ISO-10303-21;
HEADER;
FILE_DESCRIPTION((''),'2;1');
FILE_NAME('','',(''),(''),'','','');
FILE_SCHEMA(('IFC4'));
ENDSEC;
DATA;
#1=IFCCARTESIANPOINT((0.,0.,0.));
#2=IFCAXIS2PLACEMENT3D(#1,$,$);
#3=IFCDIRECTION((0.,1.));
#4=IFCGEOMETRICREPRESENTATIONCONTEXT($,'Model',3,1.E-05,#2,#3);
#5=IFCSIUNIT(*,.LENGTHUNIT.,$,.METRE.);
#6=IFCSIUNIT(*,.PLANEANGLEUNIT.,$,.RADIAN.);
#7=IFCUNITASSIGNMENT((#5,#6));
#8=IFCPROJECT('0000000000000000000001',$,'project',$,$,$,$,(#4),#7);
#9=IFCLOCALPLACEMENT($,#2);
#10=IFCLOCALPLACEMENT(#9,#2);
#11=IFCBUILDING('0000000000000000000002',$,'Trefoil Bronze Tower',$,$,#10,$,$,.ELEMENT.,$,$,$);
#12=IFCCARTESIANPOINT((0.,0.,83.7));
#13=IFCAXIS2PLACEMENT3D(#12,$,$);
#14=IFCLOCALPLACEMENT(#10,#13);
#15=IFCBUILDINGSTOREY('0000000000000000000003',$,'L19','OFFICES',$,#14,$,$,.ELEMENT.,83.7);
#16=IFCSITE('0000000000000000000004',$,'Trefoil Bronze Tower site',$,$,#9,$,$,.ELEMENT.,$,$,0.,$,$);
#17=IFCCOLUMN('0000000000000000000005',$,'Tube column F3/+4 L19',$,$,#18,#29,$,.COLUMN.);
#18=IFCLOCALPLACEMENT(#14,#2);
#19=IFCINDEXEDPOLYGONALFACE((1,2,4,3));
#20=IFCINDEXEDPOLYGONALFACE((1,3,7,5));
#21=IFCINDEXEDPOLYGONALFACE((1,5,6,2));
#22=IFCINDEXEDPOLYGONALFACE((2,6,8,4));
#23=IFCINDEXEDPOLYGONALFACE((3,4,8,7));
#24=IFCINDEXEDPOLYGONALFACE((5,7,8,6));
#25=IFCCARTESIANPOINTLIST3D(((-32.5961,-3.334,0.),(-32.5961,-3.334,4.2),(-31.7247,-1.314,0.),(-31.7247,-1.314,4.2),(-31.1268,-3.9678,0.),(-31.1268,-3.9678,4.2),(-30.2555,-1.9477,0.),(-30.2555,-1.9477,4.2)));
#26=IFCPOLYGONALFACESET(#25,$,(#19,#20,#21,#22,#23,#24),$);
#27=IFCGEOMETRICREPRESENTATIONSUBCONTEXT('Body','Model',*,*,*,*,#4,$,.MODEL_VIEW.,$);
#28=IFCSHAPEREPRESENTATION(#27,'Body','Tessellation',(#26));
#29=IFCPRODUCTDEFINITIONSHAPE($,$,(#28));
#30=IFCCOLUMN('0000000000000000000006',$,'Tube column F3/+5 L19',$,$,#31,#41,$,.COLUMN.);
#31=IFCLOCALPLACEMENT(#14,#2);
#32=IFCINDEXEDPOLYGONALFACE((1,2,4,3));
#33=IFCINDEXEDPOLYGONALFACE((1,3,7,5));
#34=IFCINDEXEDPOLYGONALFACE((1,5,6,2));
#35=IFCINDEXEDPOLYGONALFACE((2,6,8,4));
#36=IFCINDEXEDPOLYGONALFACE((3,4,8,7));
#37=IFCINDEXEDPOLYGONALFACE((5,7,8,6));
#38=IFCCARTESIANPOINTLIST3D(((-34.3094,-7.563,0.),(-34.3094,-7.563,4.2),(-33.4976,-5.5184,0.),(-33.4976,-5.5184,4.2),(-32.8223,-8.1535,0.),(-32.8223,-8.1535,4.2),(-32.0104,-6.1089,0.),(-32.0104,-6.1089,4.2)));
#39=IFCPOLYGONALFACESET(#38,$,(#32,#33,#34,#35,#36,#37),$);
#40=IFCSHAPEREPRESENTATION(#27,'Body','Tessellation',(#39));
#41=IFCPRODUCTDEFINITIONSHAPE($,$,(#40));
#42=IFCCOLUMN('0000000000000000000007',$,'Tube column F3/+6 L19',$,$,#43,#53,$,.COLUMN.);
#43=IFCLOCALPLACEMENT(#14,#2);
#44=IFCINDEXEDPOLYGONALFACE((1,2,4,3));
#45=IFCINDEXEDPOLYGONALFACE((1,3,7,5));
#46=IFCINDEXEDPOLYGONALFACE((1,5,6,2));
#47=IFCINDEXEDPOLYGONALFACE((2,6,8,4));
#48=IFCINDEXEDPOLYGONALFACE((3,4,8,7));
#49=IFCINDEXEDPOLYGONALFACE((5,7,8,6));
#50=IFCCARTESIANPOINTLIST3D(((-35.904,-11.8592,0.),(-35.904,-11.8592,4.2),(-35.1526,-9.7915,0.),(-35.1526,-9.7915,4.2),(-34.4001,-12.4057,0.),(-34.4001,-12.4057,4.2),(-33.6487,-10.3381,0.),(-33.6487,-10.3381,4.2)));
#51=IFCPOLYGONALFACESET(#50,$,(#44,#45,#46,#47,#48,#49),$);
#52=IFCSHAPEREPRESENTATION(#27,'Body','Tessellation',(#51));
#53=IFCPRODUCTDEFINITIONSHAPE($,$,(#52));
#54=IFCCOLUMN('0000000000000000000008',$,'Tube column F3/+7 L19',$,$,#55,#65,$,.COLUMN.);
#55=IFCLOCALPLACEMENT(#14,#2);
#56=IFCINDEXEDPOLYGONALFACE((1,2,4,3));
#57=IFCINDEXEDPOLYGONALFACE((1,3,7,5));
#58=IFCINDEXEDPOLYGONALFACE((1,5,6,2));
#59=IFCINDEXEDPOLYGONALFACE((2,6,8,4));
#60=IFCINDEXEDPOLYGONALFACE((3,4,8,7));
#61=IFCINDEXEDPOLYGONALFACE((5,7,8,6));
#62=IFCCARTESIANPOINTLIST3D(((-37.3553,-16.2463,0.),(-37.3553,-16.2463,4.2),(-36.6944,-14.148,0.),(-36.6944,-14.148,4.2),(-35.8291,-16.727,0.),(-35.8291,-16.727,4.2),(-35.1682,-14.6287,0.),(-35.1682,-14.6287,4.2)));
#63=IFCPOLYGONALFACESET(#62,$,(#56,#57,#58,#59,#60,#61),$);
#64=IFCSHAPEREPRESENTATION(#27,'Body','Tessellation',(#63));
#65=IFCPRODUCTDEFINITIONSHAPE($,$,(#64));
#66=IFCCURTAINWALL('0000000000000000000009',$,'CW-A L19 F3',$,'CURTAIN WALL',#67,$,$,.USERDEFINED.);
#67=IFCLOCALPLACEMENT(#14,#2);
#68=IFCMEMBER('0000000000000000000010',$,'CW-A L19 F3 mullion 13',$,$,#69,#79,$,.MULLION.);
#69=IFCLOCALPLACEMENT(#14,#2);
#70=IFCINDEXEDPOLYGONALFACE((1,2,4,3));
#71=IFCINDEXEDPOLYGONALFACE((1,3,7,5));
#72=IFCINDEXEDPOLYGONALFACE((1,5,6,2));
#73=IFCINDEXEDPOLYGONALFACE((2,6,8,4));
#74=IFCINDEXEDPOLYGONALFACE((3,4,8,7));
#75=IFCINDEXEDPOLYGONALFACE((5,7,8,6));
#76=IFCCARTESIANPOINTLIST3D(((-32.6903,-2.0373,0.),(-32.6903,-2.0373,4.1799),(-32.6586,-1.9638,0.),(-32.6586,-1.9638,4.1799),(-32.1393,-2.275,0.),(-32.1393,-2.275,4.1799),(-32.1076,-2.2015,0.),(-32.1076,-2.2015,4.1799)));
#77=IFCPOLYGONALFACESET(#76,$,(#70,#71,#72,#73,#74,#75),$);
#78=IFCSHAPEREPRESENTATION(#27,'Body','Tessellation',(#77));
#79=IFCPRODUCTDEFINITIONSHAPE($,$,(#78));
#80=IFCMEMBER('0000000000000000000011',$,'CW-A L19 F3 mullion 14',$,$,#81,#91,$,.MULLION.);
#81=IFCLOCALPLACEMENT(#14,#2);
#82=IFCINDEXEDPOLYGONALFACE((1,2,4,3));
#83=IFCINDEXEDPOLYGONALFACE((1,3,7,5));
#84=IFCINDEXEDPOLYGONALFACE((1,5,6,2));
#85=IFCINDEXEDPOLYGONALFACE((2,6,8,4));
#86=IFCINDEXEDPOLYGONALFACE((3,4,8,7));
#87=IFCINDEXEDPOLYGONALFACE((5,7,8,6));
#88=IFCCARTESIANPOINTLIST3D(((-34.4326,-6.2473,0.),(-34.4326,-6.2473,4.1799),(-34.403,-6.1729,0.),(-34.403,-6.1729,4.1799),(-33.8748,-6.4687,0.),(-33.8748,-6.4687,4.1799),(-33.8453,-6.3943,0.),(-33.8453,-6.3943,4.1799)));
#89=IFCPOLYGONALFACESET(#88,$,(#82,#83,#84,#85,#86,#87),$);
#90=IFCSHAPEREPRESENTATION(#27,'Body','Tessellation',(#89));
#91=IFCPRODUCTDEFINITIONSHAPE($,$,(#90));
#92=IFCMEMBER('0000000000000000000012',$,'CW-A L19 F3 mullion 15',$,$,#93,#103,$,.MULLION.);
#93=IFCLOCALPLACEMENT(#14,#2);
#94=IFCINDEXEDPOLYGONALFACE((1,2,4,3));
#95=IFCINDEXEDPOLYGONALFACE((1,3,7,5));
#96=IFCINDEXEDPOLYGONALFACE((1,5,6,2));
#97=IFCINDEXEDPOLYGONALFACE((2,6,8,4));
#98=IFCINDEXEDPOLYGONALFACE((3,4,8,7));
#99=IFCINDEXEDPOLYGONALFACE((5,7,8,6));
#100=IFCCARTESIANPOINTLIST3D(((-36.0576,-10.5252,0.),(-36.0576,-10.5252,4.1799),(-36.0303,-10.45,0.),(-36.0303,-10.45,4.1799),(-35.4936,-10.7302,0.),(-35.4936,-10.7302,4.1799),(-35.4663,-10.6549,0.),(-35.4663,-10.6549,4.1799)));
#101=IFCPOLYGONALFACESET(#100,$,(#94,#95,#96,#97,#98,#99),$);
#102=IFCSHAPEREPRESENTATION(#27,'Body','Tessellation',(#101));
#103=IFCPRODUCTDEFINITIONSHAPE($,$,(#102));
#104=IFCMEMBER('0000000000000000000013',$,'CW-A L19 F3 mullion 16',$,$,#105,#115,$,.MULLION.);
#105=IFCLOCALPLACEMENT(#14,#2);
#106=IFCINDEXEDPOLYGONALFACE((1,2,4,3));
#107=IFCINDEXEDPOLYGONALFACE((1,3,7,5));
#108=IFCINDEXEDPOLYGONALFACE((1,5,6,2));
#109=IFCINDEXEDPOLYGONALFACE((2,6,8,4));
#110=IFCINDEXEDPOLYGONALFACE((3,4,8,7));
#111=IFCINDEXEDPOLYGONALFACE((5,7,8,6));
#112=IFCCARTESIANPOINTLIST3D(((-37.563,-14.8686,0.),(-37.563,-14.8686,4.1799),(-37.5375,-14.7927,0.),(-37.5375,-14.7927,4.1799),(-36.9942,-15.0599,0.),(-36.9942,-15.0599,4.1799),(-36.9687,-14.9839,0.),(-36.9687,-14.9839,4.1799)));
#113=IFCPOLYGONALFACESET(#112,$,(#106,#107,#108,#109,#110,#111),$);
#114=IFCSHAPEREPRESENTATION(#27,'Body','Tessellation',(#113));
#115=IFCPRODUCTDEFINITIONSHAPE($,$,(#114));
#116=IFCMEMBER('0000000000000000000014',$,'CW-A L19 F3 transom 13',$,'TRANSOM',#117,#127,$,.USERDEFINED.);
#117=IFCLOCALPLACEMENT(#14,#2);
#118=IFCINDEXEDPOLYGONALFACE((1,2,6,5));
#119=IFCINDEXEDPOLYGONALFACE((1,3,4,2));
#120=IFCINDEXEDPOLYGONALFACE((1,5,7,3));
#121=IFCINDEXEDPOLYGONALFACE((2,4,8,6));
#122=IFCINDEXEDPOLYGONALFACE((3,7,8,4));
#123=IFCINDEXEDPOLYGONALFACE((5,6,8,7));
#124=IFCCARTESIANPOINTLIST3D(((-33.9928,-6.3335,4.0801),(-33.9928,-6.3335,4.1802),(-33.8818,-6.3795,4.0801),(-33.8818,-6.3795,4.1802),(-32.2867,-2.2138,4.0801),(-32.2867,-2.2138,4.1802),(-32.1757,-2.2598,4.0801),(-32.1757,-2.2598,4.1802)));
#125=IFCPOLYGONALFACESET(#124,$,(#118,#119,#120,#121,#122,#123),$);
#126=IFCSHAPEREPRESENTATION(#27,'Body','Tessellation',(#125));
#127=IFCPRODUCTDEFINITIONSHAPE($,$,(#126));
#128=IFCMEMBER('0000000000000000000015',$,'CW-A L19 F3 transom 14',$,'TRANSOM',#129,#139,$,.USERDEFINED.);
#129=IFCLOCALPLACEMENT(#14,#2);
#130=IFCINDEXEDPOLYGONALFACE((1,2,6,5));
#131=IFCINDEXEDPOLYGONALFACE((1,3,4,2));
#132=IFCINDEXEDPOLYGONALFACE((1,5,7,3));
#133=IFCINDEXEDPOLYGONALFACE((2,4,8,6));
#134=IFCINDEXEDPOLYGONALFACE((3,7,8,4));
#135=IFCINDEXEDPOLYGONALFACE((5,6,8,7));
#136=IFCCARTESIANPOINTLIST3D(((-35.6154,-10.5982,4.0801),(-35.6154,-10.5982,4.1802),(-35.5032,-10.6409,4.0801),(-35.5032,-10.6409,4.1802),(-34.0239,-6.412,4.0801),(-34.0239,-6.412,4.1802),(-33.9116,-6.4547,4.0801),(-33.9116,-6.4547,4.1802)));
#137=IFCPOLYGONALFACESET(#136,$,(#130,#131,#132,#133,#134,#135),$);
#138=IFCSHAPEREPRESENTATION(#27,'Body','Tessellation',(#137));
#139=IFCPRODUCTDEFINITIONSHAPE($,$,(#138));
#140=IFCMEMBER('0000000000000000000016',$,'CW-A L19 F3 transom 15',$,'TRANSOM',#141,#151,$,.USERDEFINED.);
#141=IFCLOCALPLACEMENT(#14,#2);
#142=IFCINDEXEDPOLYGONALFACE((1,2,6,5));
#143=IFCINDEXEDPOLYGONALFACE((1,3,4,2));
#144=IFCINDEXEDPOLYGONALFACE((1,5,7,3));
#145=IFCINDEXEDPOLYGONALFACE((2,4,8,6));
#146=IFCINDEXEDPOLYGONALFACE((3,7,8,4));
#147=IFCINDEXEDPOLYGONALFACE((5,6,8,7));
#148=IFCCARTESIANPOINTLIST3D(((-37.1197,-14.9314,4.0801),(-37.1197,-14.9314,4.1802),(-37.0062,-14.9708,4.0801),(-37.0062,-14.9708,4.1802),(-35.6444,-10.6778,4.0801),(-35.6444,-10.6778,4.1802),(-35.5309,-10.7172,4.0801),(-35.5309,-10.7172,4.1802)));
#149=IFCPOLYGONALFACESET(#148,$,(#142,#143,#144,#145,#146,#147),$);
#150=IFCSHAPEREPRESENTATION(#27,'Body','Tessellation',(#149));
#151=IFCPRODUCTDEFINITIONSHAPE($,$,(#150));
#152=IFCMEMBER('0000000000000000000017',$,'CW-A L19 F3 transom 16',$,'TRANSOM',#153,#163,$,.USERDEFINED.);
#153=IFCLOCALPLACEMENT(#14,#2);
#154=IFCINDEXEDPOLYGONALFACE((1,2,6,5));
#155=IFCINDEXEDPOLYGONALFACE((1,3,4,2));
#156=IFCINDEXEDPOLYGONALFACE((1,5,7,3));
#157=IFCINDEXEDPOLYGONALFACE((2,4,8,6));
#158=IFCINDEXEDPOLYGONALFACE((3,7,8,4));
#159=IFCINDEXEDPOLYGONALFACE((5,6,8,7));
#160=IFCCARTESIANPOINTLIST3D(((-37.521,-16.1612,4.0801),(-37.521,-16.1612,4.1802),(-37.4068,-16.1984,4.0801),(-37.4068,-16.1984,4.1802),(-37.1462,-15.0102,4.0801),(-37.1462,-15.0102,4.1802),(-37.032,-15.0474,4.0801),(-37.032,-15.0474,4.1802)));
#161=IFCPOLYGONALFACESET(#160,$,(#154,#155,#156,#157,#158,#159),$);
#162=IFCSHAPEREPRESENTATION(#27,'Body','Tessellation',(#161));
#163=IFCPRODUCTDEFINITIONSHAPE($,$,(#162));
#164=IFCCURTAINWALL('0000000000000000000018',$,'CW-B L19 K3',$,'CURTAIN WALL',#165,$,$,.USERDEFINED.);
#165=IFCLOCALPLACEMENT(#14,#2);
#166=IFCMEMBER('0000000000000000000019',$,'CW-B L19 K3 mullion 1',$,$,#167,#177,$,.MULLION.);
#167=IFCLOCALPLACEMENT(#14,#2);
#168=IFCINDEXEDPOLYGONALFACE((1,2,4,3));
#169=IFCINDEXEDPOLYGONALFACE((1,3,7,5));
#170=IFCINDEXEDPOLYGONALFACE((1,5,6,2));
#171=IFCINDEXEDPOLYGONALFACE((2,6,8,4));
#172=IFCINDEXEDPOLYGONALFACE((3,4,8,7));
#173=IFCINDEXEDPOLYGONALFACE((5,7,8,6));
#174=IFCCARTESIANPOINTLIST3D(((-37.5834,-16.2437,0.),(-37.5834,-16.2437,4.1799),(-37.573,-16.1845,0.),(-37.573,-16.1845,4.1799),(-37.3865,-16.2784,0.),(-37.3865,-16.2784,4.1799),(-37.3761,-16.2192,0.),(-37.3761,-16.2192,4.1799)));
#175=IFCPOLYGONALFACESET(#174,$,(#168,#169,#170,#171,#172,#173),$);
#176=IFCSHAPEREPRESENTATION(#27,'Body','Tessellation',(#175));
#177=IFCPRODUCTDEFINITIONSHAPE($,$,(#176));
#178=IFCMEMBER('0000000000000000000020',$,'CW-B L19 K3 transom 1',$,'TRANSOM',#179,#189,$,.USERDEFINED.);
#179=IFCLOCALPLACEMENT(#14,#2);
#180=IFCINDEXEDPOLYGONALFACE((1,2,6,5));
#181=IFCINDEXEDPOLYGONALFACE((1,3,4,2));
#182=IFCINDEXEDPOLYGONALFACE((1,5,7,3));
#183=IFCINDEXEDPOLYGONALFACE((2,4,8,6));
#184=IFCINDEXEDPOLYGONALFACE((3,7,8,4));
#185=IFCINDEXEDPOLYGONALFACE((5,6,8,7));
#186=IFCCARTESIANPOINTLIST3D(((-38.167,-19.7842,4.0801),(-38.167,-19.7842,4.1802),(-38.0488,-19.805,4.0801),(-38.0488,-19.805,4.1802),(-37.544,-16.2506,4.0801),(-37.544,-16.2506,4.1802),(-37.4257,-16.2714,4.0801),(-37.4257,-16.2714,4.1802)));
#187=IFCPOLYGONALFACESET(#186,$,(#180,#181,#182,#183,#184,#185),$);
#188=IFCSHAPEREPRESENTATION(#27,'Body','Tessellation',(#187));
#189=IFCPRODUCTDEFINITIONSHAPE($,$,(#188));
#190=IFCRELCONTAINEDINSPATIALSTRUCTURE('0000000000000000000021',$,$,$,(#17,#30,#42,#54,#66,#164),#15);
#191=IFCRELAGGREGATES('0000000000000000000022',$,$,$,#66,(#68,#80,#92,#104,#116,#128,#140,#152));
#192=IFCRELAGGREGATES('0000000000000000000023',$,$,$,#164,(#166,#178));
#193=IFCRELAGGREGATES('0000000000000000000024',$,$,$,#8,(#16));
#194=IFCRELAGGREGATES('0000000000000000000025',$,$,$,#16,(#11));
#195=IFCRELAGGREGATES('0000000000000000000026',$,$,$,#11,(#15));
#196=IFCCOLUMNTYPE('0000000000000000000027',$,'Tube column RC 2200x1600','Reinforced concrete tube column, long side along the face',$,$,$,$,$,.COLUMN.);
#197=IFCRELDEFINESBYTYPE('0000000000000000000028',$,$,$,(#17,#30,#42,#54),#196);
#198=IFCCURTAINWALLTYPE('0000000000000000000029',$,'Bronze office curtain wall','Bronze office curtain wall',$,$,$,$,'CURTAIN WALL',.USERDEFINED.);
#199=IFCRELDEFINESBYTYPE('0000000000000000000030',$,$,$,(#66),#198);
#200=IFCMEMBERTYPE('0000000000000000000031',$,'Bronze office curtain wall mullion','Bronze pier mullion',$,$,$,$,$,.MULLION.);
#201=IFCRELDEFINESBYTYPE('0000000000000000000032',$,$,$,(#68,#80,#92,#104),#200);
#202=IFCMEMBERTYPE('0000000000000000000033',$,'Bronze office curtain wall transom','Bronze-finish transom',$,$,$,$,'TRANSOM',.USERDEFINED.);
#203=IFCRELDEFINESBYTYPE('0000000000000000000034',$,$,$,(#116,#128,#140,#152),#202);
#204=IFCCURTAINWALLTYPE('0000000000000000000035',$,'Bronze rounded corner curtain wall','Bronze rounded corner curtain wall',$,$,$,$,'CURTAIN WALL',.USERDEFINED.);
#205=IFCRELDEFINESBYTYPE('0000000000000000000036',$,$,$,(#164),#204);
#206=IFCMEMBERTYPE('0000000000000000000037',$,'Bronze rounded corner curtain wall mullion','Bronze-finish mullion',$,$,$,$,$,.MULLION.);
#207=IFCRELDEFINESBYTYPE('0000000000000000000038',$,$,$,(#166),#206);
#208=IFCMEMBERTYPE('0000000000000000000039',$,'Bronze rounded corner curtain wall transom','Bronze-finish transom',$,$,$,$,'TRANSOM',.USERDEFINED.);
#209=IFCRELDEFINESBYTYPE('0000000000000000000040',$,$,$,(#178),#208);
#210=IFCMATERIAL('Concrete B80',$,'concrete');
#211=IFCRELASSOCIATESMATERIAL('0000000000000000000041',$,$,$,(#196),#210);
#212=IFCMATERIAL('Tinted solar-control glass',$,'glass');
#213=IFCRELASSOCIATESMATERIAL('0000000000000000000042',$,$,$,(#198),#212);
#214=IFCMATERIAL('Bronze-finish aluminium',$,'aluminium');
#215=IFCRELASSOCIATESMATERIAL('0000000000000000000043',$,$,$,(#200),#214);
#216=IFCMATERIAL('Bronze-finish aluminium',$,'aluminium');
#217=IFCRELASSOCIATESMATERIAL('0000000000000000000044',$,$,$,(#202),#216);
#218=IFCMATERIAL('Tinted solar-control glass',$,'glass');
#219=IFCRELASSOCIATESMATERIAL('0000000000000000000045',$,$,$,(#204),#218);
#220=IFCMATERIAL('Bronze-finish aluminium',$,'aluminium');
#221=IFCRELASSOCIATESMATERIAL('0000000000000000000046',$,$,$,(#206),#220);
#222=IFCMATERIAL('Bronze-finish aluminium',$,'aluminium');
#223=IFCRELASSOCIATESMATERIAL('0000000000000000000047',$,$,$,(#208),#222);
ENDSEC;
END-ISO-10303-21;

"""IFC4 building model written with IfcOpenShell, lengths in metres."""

from ifc_helpers import new_model, si_unit, direction, frame, origin, origin_2d, place, context, subcontext, project, spatial, rectangle, extrude, material, material_profile, profile_set, type_object, element, aggregate, save


model = new_model("IFC4")

# Units and contexts
model_context = context("Model", 3, precision=1e-05, world=origin(), true_north=direction((0.0, 1.0)))
body_context = subcontext(model_context, "Body", "Model", "MODEL_VIEW")
ifc_project = project(units=[si_unit("LENGTHUNIT", "METRE"), si_unit("PLANEANGLEUNIT", "RADIAN")], contexts=[model_context])

# Site, building, storey
site_placement = place(None, origin())
site = spatial("IfcSite", under=ifc_project, at=site_placement, Name="Trefoil Bronze Tower site", CompositionType="ELEMENT", RefElevation=0.0)
building_placement = place(site_placement, origin())
building = spatial("IfcBuilding", under=site, at=building_placement, Name="Trefoil Bronze Tower", CompositionType="ELEMENT")
storey_placement = place(building_placement, frame((0.0, 0.0, 83.7)))
storey = spatial("IfcBuildingStorey", under=building, at=storey_placement, Name="L19", Description="OFFICES", CompositionType="ELEMENT", Elevation=83.7)

# Columns
ifc_material_1 = material(Name="Concrete B80", Category="concrete")
ifc_material_profile_1 = material_profile(ifc_material_1, rectangle(XDim=2.2, YDim=1.6001, at=origin_2d()), Name="RC 2200x1600")
ifc_profile_set_1 = profile_set([ifc_material_profile_1], Name="Concrete B80")
column_type = type_object("IfcColumnType", Name="Tube column RC 2200x1600", Description="Reinforced concrete tube column, long side along the face", PredefinedType="COLUMN", material=ifc_profile_set_1)
for number, where, z_axis, x_axis, name in (
    (1, (-31.4258, -2.6409, 0.0), (0.0, 0.0, 1.0), (-0.396085, -0.918214, 0.0), "Tube column F3/+4 L19"),
    (2, (-33.1599, -6.8359, 0.0), (0.0, 0.0, 1.0), (-0.36904, -0.929414, 0.0), "Tube column F3/+5 L19"),
    (3, (-34.7764, -11.0986, 0.0), (0.0, 0.0, 1.0), (-0.341559, -0.93986, 0.0), "Tube column F3/+6 L19"),
    (4, (-36.2617, -15.4375, 0.0), (0.0, 0.0, 1.0), (-0.300414, -0.953809, 0.0), "Tube column F3/+7 L19"),
):
    element("IfcColumn", number, at=place(storey_placement, frame(where, z_axis=z_axis, x_axis=x_axis)), inside=storey, type_object=column_type, Name=name, PredefinedType="COLUMN", context=body_context, shape_type="SweptSolid", body=[
        extrude(rectangle(XDim=2.2, YDim=1.6001, at=origin_2d()), origin(), (0.0, 0.0, 1.0), 4.2),
    ])

# Curtain walls, members
ifc_material_2 = material(Name="Tinted solar-control glass", Category="glass")
curtain_wall_type_1 = type_object("IfcCurtainWallType", Name="Bronze office curtain wall", Description="Bronze office curtain wall", ElementType="CURTAIN WALL", PredefinedType="USERDEFINED", material=ifc_material_2)
curtain_wall_1_placement = place(storey_placement, origin())
curtain_wall_1 = element("IfcCurtainWall", 5, at=curtain_wall_1_placement, inside=storey, type_object=curtain_wall_type_1, Name="CW-A L19 F3", ObjectType="CURTAIN WALL", PredefinedType="USERDEFINED")
ifc_material_3 = material(Name="Bronze-finish aluminium", Category="aluminium")
ifc_material_profile_2 = material_profile(ifc_material_3, rectangle(XDim=0.6001, YDim=0.0801, at=origin_2d()), Name="CW-A mullion")
ifc_profile_set_2 = profile_set([ifc_material_profile_2], Name="Bronze-finish aluminium")
member_type_1 = type_object("IfcMemberType", Name="Bronze office curtain wall mullion", Description="Bronze pier mullion", PredefinedType="MULLION", material=ifc_profile_set_2)
member_1_placement = place(storey_placement, frame((-32.3989, -2.1194, 0.0), z_axis=(0.0, 0.0, 1.0), x_axis=(0.918214, -0.396085, 0.0)))
member_1 = element("IfcMember", 6, at=member_1_placement, type_object=member_type_1, Name="CW-A L19 F3 mullion 13", PredefinedType="MULLION", context=body_context, shape_type="SweptSolid", body=[
    extrude(rectangle(XDim=0.6001, YDim=0.0801, at=origin_2d()), origin(), (0.0, 0.0, 1.0), 4.1799),
])
member_2_placement = place(storey_placement, frame((-34.1389, -6.3208, 0.0), z_axis=(0.0, 0.0, 1.0), x_axis=(0.929414, -0.36904, 0.0)))
member_2 = element("IfcMember", 7, at=member_2_placement, type_object=member_type_1, Name="CW-A L19 F3 mullion 14", PredefinedType="MULLION", context=body_context, shape_type="SweptSolid", body=[
    extrude(rectangle(XDim=0.6001, YDim=0.0801, at=origin_2d()), origin(), (0.0, 0.0, 1.0), 4.1799),
])
member_3_placement = place(storey_placement, frame((-35.762, -10.5901, 0.0), z_axis=(0.0, 0.0, 1.0), x_axis=(0.93986, -0.341559, 0.0)))
member_3 = element("IfcMember", 8, at=member_3_placement, type_object=member_type_1, Name="CW-A L19 F3 mullion 15", PredefinedType="MULLION", context=body_context, shape_type="SweptSolid", body=[
    extrude(rectangle(XDim=0.6001, YDim=0.0801, at=origin_2d()), origin(), (0.0, 0.0, 1.0), 4.1799),
])
member_4_placement = place(storey_placement, frame((-37.2659, -14.9263, 0.0), z_axis=(0.0, 0.0, 1.0), x_axis=(0.947851, -0.318715, 0.0)))
member_4 = element("IfcMember", 9, at=member_4_placement, type_object=member_type_1, Name="CW-A L19 F3 mullion 16", PredefinedType="MULLION", context=body_context, shape_type="SweptSolid", body=[
    extrude(rectangle(XDim=0.6001, YDim=0.0801, at=origin_2d()), origin(), (0.0, 0.0, 1.0), 4.1799),
])
ifc_material_4 = material(Name="Bronze-finish aluminium", Category="aluminium")
ifc_material_profile_3 = material_profile(ifc_material_4, rectangle(XDim=0.1201, YDim=0.1001, at=origin_2d()), Name="CW-A transom")
ifc_profile_set_3 = profile_set([ifc_material_profile_3], Name="Bronze-finish aluminium")
member_type_2 = type_object("IfcMemberType", Name="Bronze office curtain wall transom", Description="Bronze-finish transom", ElementType="TRANSOM", PredefinedType="USERDEFINED", material=ifc_profile_set_3)
member_5_placement = place(storey_placement, frame((-32.2312, -2.2368, 4.1301), z_axis=(-0.382616, -0.923907, 0.0), x_axis=(0.923907, -0.382616, 0.0)))
member_5 = element("IfcMember", 10, at=member_5_placement, type_object=member_type_2, Name="CW-A L19 F3 transom 13", ObjectType="TRANSOM", PredefinedType="USERDEFINED", context=body_context, shape_type="SweptSolid", body=[
    extrude(rectangle(XDim=0.1201, YDim=0.1001, at=origin_2d()), origin(), (0.0, 0.0, 1.0), 4.459),
])
member_6_placement = place(storey_placement, frame((-33.9678, -6.4333, 4.1301), z_axis=(-0.355367, -0.934727, 0.0), x_axis=(0.934727, -0.355367, 0.0)))
member_6 = element("IfcMember", 11, at=member_6_placement, type_object=member_type_2, Name="CW-A L19 F3 transom 14", ObjectType="TRANSOM", PredefinedType="USERDEFINED", context=body_context, shape_type="SweptSolid", body=[
    extrude(rectangle(XDim=0.1201, YDim=0.1001, at=origin_2d()), origin(), (0.0, 0.0, 1.0), 4.4785),
])
member_7_placement = place(storey_placement, frame((-35.5876, -10.6975, 4.1301), z_axis=(-0.32769, -0.944785, 0.0), x_axis=(0.944785, -0.32769, 0.0)))
member_7 = element("IfcMember", 12, at=member_7_placement, type_object=member_type_2, Name="CW-A L19 F3 transom 15", ObjectType="TRANSOM", PredefinedType="USERDEFINED", context=body_context, shape_type="SweptSolid", body=[
    extrude(rectangle(XDim=0.1201, YDim=0.1001, at=origin_2d()), origin(), (0.0, 0.0, 1.0), 4.5022),
])
member_8_placement = place(storey_placement, frame((-37.0891, -15.0288, 4.1301), z_axis=(-0.309624, -0.950859, 0.0), x_axis=(0.950859, -0.309624, 0.0)))
member_8 = element("IfcMember", 13, at=member_8_placement, type_object=member_type_2, Name="CW-A L19 F3 transom 16", ObjectType="TRANSOM", PredefinedType="USERDEFINED", context=body_context, shape_type="SweptSolid", body=[
    extrude(rectangle(XDim=0.1201, YDim=0.1001, at=origin_2d()), origin(), (0.0, 0.0, 1.0), 1.2104),
])
ifc_material_5 = material(Name="Tinted solar-control glass", Category="glass")
curtain_wall_type_2 = type_object("IfcCurtainWallType", Name="Bronze rounded corner curtain wall", Description="Bronze rounded corner curtain wall", ElementType="CURTAIN WALL", PredefinedType="USERDEFINED", material=ifc_material_5)
curtain_wall_2_placement = place(storey_placement, origin())
curtain_wall_2 = element("IfcCurtainWall", 14, at=curtain_wall_2_placement, inside=storey, type_object=curtain_wall_type_2, Name="CW-B L19 K3", ObjectType="CURTAIN WALL", PredefinedType="USERDEFINED")
ifc_material_6 = material(Name="Bronze-finish aluminium", Category="aluminium")
ifc_material_profile_4 = material_profile(ifc_material_6, rectangle(XDim=0.2, YDim=0.0601, at=origin_2d()), Name="CW-B mullion")
ifc_profile_set_4 = profile_set([ifc_material_profile_4], Name="Bronze-finish aluminium")
member_type_3 = type_object("IfcMemberType", Name="Bronze rounded corner curtain wall mullion", Description="Bronze-finish mullion", PredefinedType="MULLION", material=ifc_profile_set_4)
member_9_placement = place(storey_placement, frame((-37.4797, -16.2314, 0.0), z_axis=(0.0, 0.0, 1.0), x_axis=(0.984808, -0.173648, 0.0)))
member_9 = element("IfcMember", 15, at=member_9_placement, type_object=member_type_3, Name="CW-B L19 K3 mullion 1", PredefinedType="MULLION", context=body_context, shape_type="SweptSolid", body=[
    extrude(rectangle(XDim=0.2, YDim=0.0601, at=origin_2d()), origin(), (0.0, 0.0, 1.0), 4.1799),
])
ifc_material_7 = material(Name="Bronze-finish aluminium", Category="aluminium")
ifc_material_profile_5 = material_profile(ifc_material_7, rectangle(XDim=0.1201, YDim=0.1001, at=origin_2d()), Name="CW-B transom")
ifc_profile_set_5 = profile_set([ifc_material_profile_5], Name="Bronze-finish aluminium")
member_type_4 = type_object("IfcMemberType", Name="Bronze rounded corner curtain wall transom", Description="Bronze-finish transom", ElementType="TRANSOM", PredefinedType="USERDEFINED", material=ifc_profile_set_5)
member_10_placement = place(storey_placement, frame((-37.4849, -16.261, 4.1301), z_axis=(-0.173638, -0.98481, 0.0), x_axis=(0.98481, -0.173638, 0.0)))
member_10 = element("IfcMember", 16, at=member_10_placement, type_object=member_type_4, Name="CW-B L19 K3 transom 1", ObjectType="TRANSOM", PredefinedType="USERDEFINED", context=body_context, shape_type="SweptSolid", body=[
    extrude(rectangle(XDim=0.1201, YDim=0.1001, at=origin_2d()), origin(), (0.0, 0.0, 1.0), 3.5881),
])

aggregate(curtain_wall_1, [member_1, member_2, member_3, member_4, member_5, member_6, member_7, member_8])
aggregate(curtain_wall_2, [member_9, member_10])

save(model, "model.ifc")
